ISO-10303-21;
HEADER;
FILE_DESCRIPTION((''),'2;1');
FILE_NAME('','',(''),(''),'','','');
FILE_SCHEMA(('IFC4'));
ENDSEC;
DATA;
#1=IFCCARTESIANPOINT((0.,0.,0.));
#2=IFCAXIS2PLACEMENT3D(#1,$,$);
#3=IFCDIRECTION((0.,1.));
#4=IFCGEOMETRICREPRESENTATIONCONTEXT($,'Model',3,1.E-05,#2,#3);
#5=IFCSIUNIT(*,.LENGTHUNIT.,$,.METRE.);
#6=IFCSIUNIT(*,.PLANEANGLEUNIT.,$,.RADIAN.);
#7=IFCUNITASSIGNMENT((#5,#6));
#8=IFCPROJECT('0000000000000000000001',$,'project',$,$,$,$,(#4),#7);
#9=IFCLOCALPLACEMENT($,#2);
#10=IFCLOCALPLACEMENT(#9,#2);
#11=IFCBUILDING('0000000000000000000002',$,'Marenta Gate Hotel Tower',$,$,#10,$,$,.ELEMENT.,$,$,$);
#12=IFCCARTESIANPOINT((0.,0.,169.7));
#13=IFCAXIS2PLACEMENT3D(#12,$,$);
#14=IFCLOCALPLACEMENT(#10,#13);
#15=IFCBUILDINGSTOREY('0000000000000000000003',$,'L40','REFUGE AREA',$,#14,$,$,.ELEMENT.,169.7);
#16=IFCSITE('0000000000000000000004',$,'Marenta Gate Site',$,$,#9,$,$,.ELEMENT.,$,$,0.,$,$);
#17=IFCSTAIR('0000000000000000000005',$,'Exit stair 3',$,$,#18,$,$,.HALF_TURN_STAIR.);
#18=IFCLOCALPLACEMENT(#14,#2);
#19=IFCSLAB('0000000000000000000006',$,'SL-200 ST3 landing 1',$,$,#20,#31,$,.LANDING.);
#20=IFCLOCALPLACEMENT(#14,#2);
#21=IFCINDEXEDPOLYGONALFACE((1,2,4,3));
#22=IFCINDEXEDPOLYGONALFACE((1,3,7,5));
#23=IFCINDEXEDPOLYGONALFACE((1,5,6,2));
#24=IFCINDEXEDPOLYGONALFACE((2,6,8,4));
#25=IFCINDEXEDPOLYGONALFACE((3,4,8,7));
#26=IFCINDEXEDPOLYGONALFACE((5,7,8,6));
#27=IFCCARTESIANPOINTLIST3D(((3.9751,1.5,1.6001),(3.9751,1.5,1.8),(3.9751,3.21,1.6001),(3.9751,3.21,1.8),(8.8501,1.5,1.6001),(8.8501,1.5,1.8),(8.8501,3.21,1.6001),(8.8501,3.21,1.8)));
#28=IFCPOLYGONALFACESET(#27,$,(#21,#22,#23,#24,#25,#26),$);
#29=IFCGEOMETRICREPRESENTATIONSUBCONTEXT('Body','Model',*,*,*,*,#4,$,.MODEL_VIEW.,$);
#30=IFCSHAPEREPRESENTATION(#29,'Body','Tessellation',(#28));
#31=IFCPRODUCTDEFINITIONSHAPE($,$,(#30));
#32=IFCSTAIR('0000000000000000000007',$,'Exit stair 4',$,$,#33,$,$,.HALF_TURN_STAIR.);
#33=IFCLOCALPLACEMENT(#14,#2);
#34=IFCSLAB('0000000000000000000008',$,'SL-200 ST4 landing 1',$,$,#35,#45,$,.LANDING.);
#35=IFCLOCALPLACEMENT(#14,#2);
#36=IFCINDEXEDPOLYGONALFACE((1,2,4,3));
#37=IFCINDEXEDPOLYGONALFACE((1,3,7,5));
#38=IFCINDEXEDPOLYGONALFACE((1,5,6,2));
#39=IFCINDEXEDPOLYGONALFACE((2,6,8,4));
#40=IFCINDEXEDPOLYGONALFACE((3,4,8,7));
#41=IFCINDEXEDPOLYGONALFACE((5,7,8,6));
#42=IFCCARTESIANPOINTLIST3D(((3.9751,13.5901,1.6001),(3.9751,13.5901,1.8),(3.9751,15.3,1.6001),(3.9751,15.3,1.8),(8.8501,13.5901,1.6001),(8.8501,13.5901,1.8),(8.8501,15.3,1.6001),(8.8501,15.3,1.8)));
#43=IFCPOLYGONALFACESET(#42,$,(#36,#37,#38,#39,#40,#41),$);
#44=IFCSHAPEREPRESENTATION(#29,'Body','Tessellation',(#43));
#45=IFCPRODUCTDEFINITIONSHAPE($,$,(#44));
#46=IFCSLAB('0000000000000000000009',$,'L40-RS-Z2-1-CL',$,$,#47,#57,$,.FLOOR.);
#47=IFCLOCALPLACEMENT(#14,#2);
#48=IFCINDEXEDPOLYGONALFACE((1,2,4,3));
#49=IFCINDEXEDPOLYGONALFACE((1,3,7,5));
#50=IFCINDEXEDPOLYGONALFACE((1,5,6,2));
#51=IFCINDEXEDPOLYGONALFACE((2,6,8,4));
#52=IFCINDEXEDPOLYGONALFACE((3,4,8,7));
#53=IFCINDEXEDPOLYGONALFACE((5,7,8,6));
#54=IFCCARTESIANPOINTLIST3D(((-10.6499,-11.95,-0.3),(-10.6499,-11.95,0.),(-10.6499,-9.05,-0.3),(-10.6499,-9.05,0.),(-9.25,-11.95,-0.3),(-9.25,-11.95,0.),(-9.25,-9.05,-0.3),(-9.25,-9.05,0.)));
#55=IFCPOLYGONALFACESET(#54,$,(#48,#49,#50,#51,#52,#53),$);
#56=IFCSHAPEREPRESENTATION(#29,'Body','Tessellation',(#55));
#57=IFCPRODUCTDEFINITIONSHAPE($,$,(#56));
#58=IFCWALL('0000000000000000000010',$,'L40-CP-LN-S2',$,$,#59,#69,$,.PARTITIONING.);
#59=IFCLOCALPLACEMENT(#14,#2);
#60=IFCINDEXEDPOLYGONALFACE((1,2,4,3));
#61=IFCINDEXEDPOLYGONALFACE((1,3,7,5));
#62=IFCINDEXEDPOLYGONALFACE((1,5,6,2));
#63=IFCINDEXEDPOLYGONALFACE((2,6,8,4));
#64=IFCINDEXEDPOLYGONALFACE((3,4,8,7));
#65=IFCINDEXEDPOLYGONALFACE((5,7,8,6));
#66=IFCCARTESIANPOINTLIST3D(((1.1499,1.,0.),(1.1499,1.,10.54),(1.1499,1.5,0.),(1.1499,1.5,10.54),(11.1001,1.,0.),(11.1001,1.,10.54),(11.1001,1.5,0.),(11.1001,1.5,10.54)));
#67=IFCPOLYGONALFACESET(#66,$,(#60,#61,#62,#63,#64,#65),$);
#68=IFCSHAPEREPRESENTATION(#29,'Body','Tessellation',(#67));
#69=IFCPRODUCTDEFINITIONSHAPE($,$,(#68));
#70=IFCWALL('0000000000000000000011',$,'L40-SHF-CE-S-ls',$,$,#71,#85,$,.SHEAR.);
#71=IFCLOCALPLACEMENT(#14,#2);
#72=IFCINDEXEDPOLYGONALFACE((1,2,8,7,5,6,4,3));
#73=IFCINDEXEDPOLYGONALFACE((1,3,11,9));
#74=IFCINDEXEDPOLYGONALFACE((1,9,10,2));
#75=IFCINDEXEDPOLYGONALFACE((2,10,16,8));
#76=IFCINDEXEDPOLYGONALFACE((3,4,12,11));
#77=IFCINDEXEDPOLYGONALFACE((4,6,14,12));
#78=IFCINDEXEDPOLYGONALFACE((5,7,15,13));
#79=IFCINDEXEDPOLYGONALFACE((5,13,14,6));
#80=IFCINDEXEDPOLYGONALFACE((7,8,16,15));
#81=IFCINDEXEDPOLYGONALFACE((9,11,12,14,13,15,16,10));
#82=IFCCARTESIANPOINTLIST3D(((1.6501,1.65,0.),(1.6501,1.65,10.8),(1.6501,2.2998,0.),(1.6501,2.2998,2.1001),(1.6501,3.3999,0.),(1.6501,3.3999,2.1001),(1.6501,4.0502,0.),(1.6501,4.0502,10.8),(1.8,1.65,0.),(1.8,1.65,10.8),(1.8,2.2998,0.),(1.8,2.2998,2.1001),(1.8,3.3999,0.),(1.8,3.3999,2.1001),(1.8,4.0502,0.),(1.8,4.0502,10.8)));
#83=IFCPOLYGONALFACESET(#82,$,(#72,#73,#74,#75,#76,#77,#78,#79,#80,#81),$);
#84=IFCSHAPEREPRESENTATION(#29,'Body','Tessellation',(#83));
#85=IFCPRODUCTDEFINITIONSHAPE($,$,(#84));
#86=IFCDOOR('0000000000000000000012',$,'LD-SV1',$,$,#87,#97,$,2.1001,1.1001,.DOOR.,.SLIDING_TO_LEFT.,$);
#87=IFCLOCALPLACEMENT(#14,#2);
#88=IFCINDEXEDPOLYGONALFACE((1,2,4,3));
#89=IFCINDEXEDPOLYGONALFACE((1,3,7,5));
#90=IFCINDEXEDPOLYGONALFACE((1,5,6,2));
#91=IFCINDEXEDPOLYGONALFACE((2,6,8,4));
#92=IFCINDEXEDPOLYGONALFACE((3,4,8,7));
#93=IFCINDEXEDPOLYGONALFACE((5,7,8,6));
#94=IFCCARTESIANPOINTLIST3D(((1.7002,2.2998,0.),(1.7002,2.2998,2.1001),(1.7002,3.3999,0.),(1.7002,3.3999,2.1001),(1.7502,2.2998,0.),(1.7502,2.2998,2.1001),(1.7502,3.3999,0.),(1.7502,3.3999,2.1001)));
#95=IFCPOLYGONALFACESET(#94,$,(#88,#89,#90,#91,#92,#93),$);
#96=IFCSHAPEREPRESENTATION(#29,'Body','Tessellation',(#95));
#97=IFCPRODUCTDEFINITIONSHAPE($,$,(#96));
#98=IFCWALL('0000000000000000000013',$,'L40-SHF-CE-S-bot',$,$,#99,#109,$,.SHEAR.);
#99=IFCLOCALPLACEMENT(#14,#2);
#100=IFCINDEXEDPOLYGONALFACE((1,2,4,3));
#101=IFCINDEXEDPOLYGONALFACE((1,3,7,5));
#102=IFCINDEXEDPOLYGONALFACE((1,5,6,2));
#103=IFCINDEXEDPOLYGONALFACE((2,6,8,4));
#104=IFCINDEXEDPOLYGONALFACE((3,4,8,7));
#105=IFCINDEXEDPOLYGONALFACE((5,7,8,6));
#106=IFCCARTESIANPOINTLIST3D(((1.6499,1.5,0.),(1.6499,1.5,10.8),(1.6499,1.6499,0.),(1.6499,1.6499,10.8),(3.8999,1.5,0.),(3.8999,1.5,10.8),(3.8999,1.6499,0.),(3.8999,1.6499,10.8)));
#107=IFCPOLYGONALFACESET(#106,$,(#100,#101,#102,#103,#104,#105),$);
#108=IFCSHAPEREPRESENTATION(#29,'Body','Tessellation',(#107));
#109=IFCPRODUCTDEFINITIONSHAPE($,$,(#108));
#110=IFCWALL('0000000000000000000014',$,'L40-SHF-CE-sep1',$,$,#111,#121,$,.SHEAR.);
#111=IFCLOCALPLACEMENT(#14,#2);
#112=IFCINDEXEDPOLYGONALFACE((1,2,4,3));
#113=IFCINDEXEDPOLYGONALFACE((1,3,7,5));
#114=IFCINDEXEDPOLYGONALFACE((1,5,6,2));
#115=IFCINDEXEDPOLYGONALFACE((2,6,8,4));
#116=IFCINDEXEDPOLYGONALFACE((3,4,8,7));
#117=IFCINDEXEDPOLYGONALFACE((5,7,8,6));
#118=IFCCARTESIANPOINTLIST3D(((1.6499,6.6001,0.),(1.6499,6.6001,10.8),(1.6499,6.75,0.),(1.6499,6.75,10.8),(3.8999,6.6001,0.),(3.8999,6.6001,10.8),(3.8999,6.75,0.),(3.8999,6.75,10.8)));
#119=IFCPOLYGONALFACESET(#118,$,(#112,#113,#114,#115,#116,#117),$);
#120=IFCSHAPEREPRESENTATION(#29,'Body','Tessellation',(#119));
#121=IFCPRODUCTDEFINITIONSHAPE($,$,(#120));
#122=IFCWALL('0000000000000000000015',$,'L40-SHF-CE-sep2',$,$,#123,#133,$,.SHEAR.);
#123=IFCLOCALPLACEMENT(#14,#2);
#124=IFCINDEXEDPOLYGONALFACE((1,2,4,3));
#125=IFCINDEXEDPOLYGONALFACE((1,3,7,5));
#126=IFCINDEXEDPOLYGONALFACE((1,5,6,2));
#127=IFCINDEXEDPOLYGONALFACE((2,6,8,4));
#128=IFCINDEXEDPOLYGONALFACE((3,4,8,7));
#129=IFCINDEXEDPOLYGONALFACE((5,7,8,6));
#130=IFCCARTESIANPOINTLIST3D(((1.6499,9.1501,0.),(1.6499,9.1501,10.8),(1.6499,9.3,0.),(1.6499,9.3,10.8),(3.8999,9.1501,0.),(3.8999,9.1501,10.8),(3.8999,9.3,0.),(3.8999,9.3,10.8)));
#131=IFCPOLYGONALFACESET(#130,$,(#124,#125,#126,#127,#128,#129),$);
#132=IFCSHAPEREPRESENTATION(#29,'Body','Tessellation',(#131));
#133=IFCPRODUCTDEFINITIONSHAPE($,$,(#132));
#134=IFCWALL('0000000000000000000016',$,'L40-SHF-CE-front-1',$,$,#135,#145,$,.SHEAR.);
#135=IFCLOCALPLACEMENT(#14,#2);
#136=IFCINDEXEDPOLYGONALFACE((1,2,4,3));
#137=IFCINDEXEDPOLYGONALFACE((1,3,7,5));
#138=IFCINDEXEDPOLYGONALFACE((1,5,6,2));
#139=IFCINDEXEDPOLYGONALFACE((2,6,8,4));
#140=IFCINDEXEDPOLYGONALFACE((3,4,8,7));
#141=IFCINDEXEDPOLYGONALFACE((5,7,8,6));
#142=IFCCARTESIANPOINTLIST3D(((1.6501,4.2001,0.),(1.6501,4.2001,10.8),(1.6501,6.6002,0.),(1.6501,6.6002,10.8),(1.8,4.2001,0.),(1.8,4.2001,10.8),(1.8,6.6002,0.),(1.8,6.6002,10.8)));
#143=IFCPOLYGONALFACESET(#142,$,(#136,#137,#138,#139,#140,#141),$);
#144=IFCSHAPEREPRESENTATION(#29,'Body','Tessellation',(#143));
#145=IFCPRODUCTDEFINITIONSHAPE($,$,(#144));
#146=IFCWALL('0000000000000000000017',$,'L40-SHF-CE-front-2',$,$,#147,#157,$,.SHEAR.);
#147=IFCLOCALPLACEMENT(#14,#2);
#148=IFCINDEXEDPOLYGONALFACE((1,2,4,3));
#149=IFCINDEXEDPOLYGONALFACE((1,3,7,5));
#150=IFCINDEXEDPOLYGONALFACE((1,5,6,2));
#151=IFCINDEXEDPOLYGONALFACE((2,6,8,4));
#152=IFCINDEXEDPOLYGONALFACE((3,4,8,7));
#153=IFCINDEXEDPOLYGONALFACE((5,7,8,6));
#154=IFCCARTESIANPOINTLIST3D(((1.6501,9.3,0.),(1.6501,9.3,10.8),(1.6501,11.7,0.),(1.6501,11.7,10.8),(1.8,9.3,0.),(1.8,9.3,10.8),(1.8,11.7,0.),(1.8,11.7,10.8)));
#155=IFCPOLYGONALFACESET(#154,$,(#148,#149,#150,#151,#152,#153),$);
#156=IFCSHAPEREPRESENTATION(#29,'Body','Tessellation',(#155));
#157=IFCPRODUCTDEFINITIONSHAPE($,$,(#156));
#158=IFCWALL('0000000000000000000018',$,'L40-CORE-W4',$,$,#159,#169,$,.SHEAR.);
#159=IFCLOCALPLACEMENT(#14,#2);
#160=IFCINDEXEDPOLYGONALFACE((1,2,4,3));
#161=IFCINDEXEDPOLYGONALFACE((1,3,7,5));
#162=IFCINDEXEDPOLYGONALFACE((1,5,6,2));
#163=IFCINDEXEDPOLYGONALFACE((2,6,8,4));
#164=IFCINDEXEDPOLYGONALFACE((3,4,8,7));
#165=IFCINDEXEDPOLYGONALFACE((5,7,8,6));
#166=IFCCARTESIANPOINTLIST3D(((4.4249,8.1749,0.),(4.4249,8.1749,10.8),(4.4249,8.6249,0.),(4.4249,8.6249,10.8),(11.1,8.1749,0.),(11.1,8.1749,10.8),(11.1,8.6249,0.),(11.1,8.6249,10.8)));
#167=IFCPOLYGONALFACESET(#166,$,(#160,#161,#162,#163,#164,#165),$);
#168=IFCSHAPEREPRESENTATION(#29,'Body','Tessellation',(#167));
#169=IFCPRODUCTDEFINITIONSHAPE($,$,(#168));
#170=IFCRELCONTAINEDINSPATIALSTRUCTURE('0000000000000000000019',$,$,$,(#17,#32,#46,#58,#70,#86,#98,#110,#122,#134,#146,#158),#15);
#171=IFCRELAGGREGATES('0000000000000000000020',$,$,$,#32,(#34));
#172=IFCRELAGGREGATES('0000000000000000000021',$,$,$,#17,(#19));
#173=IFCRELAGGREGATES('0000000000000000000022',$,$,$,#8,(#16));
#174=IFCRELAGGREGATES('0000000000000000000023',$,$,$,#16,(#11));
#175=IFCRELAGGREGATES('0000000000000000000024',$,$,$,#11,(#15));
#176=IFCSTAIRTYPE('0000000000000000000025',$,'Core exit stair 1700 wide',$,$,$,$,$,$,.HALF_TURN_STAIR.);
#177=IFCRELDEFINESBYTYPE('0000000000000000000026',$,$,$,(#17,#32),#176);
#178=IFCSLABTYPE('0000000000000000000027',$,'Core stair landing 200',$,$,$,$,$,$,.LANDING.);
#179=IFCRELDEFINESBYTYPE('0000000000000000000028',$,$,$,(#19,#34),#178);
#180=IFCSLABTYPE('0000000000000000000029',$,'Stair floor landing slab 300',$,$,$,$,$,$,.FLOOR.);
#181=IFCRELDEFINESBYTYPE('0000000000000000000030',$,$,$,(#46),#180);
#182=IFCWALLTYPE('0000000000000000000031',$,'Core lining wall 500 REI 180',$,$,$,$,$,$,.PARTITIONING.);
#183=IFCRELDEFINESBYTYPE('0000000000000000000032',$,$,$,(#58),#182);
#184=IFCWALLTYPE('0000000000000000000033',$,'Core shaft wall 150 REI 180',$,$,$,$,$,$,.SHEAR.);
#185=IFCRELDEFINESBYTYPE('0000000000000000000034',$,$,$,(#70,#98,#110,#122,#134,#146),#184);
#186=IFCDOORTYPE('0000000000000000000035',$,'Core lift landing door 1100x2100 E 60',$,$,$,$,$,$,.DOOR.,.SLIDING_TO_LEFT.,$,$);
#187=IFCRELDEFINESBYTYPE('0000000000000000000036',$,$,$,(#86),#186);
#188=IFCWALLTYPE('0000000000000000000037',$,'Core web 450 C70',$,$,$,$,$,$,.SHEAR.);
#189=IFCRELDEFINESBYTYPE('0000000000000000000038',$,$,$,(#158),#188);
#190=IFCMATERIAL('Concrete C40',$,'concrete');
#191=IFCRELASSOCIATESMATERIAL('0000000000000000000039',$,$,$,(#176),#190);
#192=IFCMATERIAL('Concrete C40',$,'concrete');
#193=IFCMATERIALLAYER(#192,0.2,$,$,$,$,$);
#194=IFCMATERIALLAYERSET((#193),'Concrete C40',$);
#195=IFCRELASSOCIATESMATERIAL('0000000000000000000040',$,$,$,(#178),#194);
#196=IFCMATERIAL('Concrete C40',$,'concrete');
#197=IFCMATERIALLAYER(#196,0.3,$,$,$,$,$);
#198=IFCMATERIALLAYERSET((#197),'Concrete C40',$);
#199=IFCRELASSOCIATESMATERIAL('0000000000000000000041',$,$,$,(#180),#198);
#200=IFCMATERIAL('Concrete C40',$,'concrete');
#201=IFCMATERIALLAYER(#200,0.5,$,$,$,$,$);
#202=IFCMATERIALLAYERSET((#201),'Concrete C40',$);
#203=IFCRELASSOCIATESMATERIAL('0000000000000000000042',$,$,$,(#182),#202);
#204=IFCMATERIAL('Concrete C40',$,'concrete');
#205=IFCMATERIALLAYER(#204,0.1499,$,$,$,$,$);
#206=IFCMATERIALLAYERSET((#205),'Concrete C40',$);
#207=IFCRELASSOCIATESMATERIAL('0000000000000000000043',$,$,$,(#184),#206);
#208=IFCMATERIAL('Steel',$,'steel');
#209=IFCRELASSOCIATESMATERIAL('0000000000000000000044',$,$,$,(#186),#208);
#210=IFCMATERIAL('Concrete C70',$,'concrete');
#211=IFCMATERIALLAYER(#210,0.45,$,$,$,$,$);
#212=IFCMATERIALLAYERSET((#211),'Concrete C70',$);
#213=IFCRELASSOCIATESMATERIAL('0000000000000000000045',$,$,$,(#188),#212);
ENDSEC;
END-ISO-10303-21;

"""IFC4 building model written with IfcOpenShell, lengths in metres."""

from ifc_helpers import new_model, si_unit, direction, frame, frame_2d, origin, place, context, subcontext, project, spatial, polyline, rectangle, outline, extrude, material, layer, layer_set, type_object, element, fill, aggregate, save


model = new_model("IFC4")

# Units and contexts
model_context = context("Model", 3, precision=1e-05, world=origin(), true_north=direction((0.0, 1.0)))
body_context = subcontext(model_context, "Body", "Model", "MODEL_VIEW")
ifc_project = project(units=[si_unit("LENGTHUNIT", "METRE"), si_unit("PLANEANGLEUNIT", "RADIAN")], contexts=[model_context])

# Site, building, storey
site_placement = place(None, origin())
site = spatial("IfcSite", under=ifc_project, at=site_placement, Name="Marenta Gate Site", CompositionType="ELEMENT", RefElevation=0.0)
building_placement = place(site_placement, origin())
building = spatial("IfcBuilding", under=site, at=building_placement, Name="Marenta Gate Hotel Tower", CompositionType="ELEMENT")
storey_placement = place(building_placement, frame((0.0, 0.0, 169.7)))
storey = spatial("IfcBuildingStorey", under=building, at=storey_placement, Name="L40", Description="REFUGE AREA", CompositionType="ELEMENT", Elevation=169.7)

# Stairs, slabs
ifc_material_1 = material(Name="Concrete C40", Category="concrete")
stair_type = type_object("IfcStairType", Name="Core exit stair 1700 wide", PredefinedType="HALF_TURN_STAIR", material=ifc_material_1)
stair_1_placement = place(storey_placement, origin())
stair_1 = element("IfcStair", 1, at=stair_1_placement, inside=storey, type_object=stair_type, Name="Exit stair 3", PredefinedType="HALF_TURN_STAIR")
ifc_material_2 = material(Name="Concrete C40", Category="concrete")
ifc_layer_1 = layer(ifc_material_2, 0.2)
ifc_layer_set_1 = layer_set([ifc_layer_1], Name="Concrete C40")
slab_type_1 = type_object("IfcSlabType", Name="Core stair landing 200", PredefinedType="LANDING", material=ifc_layer_set_1)
slab_1_placement = place(storey_placement, frame((0.0, 0.0, 1.6001)))
slab_1 = element("IfcSlab", 2, at=slab_1_placement, type_object=slab_type_1, Name="SL-200 ST3 landing 1", PredefinedType="LANDING", context=body_context, shape_type="SweptSolid", body=[
    extrude(outline(polyline([(3.9751, 1.5), (8.8501, 1.5), (8.8501, 3.21), (3.9751, 3.21), (3.9751, 1.5)])), origin(), (0.0, 0.0, 1.0), 0.2),
])
stair_2_placement = place(storey_placement, origin())
stair_2 = element("IfcStair", 3, at=stair_2_placement, inside=storey, type_object=stair_type, Name="Exit stair 4", PredefinedType="HALF_TURN_STAIR")
slab_2_placement = place(storey_placement, frame((0.0, 0.0, 1.6001)))
slab_2 = element("IfcSlab", 4, at=slab_2_placement, type_object=slab_type_1, Name="SL-200 ST4 landing 1", PredefinedType="LANDING", context=body_context, shape_type="SweptSolid", body=[
    extrude(outline(polyline([(3.9751, 13.5901), (8.8501, 13.5901), (8.8501, 15.3), (3.9751, 15.3), (3.9751, 13.5901)])), origin(), (0.0, 0.0, 1.0), 0.2),
])
aggregate(stair_2, [slab_2])

# Slab
ifc_material_3 = material(Name="Concrete C40", Category="concrete")
ifc_layer_2 = layer(ifc_material_3, 0.3)
ifc_layer_set_2 = layer_set([ifc_layer_2], Name="Concrete C40")
slab_type_2 = type_object("IfcSlabType", Name="Stair floor landing slab 300", PredefinedType="FLOOR", material=ifc_layer_set_2)
slab_3_placement = place(storey_placement, frame((0.0, 0.0, -0.3)))
element("IfcSlab", 5, at=slab_3_placement, inside=storey, type_object=slab_type_2, Name="L40-RS-Z2-1-CL", PredefinedType="FLOOR", context=body_context, shape_type="SweptSolid", body=[
    extrude(outline(polyline([(-9.25, -11.95), (-9.25, -9.05), (-10.6499, -9.05), (-10.6499, -11.95), (-9.25, -11.95)])), origin(), (0.0, 0.0, 1.0), 0.3),
])

# Wall
ifc_material_4 = material(Name="Concrete C40", Category="concrete")
ifc_layer_3 = layer(ifc_material_4, 0.5)
ifc_layer_set_3 = layer_set([ifc_layer_3], Name="Concrete C40")
wall_type_1 = type_object("IfcWallType", Name="Core lining wall 500 REI 180", PredefinedType="PARTITIONING", material=ifc_layer_set_3)
wall_1_placement = place(storey_placement, frame((1.1499, 1.25, 0.0), z_axis=(0.0, 0.0, 1.0), x_axis=(1.0, 0.0, 0.0)))
element("IfcWall", 6, at=wall_1_placement, inside=storey, type_object=wall_type_1, Name="L40-CP-LN-S2", PredefinedType="PARTITIONING", context=body_context, shape_type="SweptSolid", body=[
    extrude(rectangle(XDim=9.9502, YDim=0.5, at=frame_2d((4.9751, 0.0))), origin(), (0.0, 0.0, 1.0), 10.54),
])

# Wall, opening, door
ifc_material_5 = material(Name="Concrete C40", Category="concrete")
ifc_layer_4 = layer(ifc_material_5, 0.1499)
ifc_layer_set_4 = layer_set([ifc_layer_4], Name="Concrete C40")
wall_type_2 = type_object("IfcWallType", Name="Core shaft wall 150 REI 180", PredefinedType="SHEAR", material=ifc_layer_set_4)
wall_2_placement = place(storey_placement, frame((1.7251, 1.6499, 0.0), z_axis=(0.0, 0.0, 1.0), x_axis=(0.0, 1.0, 0.0)))
wall_2 = element("IfcWall", 7, at=wall_2_placement, inside=storey, type_object=wall_type_2, Name="L40-SHF-CE-S-ls", PredefinedType="SHEAR", context=body_context, shape_type="SweptSolid", body=[
    extrude(rectangle(XDim=2.4001, YDim=0.1499, at=frame_2d((1.2002, 0.0))), origin(), (0.0, 0.0, 1.0), 10.8),
])
opening_1_placement = place(wall_2_placement, frame((0.6499, 0.0, 0.0)))
opening_1 = element("IfcOpeningElement", 8, at=opening_1_placement, cuts=wall_2, PredefinedType="OPENING", context=body_context, shape_type="SweptSolid", body=[
    extrude(rectangle(XDim=1.1001, YDim=2.1001, at=frame_2d((0.55, 1.05))), frame((0.0, 0.075, 0.0), z_axis=(0.0, -1.0, 0.0), x_axis=(1.0, 0.0, 0.0)), (0.0, 0.0, 1.0), 0.1499),
])
ifc_material_6 = material(Name="Steel", Category="steel")
door_type_1 = type_object("IfcDoorType", Name="Core lift landing door 1100x2100 E 60", OperationType="SLIDING_TO_LEFT", PredefinedType="DOOR", material=ifc_material_6)
door_1_placement = place(opening_1_placement, origin())
door_1 = element("IfcDoor", 9, at=door_1_placement, inside=storey, type_object=door_type_1, Name="LD-SV1", OperationType="SLIDING_TO_LEFT", OverallHeight=2.1001, OverallWidth=1.1001, PredefinedType="DOOR", context=body_context, shape_type="SweptSolid", body=[
    extrude(rectangle(XDim=1.1001, YDim=2.1001, at=frame_2d((0.55, 1.05))), frame((0.0, 0.0249, 0.0), z_axis=(0.0, -1.0, 0.0), x_axis=(1.0, 0.0, 0.0)), (0.0, 0.0, 1.0), 0.05),
])
fill(opening_1, door_1)

# Walls
for number, where, z_axis, x_axis, name in (
    (10, (1.6499, 1.575, 0.0), (0.0, 0.0, 1.0), (1.0, 0.0, 0.0), "L40-SHF-CE-S-bot"),
    (11, (1.6499, 6.675, 0.0), (0.0, 0.0, 1.0), (1.0, 0.0, 0.0), "L40-SHF-CE-sep1"),
    (12, (1.6499, 9.2251, 0.0), (0.0, 0.0, 1.0), (1.0, 0.0, 0.0), "L40-SHF-CE-sep2"),
):
    element("IfcWall", number, at=place(storey_placement, frame(where, z_axis=z_axis, x_axis=x_axis)), inside=storey, type_object=wall_type_2, Name=name, PredefinedType="SHEAR", context=body_context, shape_type="SweptSolid", body=[
        extrude(rectangle(XDim=2.25, YDim=0.1499, at=frame_2d((1.125, 0.0))), origin(), (0.0, 0.0, 1.0), 10.8),
    ])
wall_3_placement = place(storey_placement, frame((1.7251, 4.2, 0.0), z_axis=(0.0, 0.0, 1.0), x_axis=(0.0, 1.0, 0.0)))
element("IfcWall", 13, at=wall_3_placement, inside=storey, type_object=wall_type_2, Name="L40-SHF-CE-front-1", PredefinedType="SHEAR", context=body_context, shape_type="SweptSolid", body=[
    extrude(rectangle(XDim=2.4001, YDim=0.1499, at=frame_2d((1.2002, 0.0))), origin(), (0.0, 0.0, 1.0), 10.8),
])
wall_4_placement = place(storey_placement, frame((1.7251, 9.3, 0.0), z_axis=(0.0, 0.0, 1.0), x_axis=(0.0, 1.0, 0.0)))
element("IfcWall", 14, at=wall_4_placement, inside=storey, type_object=wall_type_2, Name="L40-SHF-CE-front-2", PredefinedType="SHEAR", context=body_context, shape_type="SweptSolid", body=[
    extrude(rectangle(XDim=2.3999, YDim=0.1499, at=frame_2d((1.2, 0.0))), origin(), (0.0, 0.0, 1.0), 10.8),
])

# Shared definitions
ifc_material_7 = material(Name="Concrete C70", Category="concrete")
ifc_layer_5 = layer(ifc_material_7, 0.45)
ifc_layer_set_5 = layer_set([ifc_layer_5], Name="Concrete C70")
wall_type_3 = type_object("IfcWallType", Name="Core web 450 C70", PredefinedType="SHEAR", material=ifc_layer_set_5)

# Wall
wall_5_placement = place(storey_placement, frame((4.425, 8.3999, 0.0), z_axis=(0.0, 0.0, 1.0), x_axis=(1.0, 0.0, 0.0)))
element("IfcWall", 15, at=wall_5_placement, inside=storey, type_object=wall_type_3, Name="L40-CORE-W4", PredefinedType="SHEAR", context=body_context, shape_type="SweptSolid", body=[
    extrude(rectangle(XDim=6.675, YDim=0.45, at=frame_2d((3.3374, 0.0))), origin(), (0.0, 0.0, 1.0), 10.8),
])

aggregate(stair_1, [slab_1])

save(model, "model.ifc")
